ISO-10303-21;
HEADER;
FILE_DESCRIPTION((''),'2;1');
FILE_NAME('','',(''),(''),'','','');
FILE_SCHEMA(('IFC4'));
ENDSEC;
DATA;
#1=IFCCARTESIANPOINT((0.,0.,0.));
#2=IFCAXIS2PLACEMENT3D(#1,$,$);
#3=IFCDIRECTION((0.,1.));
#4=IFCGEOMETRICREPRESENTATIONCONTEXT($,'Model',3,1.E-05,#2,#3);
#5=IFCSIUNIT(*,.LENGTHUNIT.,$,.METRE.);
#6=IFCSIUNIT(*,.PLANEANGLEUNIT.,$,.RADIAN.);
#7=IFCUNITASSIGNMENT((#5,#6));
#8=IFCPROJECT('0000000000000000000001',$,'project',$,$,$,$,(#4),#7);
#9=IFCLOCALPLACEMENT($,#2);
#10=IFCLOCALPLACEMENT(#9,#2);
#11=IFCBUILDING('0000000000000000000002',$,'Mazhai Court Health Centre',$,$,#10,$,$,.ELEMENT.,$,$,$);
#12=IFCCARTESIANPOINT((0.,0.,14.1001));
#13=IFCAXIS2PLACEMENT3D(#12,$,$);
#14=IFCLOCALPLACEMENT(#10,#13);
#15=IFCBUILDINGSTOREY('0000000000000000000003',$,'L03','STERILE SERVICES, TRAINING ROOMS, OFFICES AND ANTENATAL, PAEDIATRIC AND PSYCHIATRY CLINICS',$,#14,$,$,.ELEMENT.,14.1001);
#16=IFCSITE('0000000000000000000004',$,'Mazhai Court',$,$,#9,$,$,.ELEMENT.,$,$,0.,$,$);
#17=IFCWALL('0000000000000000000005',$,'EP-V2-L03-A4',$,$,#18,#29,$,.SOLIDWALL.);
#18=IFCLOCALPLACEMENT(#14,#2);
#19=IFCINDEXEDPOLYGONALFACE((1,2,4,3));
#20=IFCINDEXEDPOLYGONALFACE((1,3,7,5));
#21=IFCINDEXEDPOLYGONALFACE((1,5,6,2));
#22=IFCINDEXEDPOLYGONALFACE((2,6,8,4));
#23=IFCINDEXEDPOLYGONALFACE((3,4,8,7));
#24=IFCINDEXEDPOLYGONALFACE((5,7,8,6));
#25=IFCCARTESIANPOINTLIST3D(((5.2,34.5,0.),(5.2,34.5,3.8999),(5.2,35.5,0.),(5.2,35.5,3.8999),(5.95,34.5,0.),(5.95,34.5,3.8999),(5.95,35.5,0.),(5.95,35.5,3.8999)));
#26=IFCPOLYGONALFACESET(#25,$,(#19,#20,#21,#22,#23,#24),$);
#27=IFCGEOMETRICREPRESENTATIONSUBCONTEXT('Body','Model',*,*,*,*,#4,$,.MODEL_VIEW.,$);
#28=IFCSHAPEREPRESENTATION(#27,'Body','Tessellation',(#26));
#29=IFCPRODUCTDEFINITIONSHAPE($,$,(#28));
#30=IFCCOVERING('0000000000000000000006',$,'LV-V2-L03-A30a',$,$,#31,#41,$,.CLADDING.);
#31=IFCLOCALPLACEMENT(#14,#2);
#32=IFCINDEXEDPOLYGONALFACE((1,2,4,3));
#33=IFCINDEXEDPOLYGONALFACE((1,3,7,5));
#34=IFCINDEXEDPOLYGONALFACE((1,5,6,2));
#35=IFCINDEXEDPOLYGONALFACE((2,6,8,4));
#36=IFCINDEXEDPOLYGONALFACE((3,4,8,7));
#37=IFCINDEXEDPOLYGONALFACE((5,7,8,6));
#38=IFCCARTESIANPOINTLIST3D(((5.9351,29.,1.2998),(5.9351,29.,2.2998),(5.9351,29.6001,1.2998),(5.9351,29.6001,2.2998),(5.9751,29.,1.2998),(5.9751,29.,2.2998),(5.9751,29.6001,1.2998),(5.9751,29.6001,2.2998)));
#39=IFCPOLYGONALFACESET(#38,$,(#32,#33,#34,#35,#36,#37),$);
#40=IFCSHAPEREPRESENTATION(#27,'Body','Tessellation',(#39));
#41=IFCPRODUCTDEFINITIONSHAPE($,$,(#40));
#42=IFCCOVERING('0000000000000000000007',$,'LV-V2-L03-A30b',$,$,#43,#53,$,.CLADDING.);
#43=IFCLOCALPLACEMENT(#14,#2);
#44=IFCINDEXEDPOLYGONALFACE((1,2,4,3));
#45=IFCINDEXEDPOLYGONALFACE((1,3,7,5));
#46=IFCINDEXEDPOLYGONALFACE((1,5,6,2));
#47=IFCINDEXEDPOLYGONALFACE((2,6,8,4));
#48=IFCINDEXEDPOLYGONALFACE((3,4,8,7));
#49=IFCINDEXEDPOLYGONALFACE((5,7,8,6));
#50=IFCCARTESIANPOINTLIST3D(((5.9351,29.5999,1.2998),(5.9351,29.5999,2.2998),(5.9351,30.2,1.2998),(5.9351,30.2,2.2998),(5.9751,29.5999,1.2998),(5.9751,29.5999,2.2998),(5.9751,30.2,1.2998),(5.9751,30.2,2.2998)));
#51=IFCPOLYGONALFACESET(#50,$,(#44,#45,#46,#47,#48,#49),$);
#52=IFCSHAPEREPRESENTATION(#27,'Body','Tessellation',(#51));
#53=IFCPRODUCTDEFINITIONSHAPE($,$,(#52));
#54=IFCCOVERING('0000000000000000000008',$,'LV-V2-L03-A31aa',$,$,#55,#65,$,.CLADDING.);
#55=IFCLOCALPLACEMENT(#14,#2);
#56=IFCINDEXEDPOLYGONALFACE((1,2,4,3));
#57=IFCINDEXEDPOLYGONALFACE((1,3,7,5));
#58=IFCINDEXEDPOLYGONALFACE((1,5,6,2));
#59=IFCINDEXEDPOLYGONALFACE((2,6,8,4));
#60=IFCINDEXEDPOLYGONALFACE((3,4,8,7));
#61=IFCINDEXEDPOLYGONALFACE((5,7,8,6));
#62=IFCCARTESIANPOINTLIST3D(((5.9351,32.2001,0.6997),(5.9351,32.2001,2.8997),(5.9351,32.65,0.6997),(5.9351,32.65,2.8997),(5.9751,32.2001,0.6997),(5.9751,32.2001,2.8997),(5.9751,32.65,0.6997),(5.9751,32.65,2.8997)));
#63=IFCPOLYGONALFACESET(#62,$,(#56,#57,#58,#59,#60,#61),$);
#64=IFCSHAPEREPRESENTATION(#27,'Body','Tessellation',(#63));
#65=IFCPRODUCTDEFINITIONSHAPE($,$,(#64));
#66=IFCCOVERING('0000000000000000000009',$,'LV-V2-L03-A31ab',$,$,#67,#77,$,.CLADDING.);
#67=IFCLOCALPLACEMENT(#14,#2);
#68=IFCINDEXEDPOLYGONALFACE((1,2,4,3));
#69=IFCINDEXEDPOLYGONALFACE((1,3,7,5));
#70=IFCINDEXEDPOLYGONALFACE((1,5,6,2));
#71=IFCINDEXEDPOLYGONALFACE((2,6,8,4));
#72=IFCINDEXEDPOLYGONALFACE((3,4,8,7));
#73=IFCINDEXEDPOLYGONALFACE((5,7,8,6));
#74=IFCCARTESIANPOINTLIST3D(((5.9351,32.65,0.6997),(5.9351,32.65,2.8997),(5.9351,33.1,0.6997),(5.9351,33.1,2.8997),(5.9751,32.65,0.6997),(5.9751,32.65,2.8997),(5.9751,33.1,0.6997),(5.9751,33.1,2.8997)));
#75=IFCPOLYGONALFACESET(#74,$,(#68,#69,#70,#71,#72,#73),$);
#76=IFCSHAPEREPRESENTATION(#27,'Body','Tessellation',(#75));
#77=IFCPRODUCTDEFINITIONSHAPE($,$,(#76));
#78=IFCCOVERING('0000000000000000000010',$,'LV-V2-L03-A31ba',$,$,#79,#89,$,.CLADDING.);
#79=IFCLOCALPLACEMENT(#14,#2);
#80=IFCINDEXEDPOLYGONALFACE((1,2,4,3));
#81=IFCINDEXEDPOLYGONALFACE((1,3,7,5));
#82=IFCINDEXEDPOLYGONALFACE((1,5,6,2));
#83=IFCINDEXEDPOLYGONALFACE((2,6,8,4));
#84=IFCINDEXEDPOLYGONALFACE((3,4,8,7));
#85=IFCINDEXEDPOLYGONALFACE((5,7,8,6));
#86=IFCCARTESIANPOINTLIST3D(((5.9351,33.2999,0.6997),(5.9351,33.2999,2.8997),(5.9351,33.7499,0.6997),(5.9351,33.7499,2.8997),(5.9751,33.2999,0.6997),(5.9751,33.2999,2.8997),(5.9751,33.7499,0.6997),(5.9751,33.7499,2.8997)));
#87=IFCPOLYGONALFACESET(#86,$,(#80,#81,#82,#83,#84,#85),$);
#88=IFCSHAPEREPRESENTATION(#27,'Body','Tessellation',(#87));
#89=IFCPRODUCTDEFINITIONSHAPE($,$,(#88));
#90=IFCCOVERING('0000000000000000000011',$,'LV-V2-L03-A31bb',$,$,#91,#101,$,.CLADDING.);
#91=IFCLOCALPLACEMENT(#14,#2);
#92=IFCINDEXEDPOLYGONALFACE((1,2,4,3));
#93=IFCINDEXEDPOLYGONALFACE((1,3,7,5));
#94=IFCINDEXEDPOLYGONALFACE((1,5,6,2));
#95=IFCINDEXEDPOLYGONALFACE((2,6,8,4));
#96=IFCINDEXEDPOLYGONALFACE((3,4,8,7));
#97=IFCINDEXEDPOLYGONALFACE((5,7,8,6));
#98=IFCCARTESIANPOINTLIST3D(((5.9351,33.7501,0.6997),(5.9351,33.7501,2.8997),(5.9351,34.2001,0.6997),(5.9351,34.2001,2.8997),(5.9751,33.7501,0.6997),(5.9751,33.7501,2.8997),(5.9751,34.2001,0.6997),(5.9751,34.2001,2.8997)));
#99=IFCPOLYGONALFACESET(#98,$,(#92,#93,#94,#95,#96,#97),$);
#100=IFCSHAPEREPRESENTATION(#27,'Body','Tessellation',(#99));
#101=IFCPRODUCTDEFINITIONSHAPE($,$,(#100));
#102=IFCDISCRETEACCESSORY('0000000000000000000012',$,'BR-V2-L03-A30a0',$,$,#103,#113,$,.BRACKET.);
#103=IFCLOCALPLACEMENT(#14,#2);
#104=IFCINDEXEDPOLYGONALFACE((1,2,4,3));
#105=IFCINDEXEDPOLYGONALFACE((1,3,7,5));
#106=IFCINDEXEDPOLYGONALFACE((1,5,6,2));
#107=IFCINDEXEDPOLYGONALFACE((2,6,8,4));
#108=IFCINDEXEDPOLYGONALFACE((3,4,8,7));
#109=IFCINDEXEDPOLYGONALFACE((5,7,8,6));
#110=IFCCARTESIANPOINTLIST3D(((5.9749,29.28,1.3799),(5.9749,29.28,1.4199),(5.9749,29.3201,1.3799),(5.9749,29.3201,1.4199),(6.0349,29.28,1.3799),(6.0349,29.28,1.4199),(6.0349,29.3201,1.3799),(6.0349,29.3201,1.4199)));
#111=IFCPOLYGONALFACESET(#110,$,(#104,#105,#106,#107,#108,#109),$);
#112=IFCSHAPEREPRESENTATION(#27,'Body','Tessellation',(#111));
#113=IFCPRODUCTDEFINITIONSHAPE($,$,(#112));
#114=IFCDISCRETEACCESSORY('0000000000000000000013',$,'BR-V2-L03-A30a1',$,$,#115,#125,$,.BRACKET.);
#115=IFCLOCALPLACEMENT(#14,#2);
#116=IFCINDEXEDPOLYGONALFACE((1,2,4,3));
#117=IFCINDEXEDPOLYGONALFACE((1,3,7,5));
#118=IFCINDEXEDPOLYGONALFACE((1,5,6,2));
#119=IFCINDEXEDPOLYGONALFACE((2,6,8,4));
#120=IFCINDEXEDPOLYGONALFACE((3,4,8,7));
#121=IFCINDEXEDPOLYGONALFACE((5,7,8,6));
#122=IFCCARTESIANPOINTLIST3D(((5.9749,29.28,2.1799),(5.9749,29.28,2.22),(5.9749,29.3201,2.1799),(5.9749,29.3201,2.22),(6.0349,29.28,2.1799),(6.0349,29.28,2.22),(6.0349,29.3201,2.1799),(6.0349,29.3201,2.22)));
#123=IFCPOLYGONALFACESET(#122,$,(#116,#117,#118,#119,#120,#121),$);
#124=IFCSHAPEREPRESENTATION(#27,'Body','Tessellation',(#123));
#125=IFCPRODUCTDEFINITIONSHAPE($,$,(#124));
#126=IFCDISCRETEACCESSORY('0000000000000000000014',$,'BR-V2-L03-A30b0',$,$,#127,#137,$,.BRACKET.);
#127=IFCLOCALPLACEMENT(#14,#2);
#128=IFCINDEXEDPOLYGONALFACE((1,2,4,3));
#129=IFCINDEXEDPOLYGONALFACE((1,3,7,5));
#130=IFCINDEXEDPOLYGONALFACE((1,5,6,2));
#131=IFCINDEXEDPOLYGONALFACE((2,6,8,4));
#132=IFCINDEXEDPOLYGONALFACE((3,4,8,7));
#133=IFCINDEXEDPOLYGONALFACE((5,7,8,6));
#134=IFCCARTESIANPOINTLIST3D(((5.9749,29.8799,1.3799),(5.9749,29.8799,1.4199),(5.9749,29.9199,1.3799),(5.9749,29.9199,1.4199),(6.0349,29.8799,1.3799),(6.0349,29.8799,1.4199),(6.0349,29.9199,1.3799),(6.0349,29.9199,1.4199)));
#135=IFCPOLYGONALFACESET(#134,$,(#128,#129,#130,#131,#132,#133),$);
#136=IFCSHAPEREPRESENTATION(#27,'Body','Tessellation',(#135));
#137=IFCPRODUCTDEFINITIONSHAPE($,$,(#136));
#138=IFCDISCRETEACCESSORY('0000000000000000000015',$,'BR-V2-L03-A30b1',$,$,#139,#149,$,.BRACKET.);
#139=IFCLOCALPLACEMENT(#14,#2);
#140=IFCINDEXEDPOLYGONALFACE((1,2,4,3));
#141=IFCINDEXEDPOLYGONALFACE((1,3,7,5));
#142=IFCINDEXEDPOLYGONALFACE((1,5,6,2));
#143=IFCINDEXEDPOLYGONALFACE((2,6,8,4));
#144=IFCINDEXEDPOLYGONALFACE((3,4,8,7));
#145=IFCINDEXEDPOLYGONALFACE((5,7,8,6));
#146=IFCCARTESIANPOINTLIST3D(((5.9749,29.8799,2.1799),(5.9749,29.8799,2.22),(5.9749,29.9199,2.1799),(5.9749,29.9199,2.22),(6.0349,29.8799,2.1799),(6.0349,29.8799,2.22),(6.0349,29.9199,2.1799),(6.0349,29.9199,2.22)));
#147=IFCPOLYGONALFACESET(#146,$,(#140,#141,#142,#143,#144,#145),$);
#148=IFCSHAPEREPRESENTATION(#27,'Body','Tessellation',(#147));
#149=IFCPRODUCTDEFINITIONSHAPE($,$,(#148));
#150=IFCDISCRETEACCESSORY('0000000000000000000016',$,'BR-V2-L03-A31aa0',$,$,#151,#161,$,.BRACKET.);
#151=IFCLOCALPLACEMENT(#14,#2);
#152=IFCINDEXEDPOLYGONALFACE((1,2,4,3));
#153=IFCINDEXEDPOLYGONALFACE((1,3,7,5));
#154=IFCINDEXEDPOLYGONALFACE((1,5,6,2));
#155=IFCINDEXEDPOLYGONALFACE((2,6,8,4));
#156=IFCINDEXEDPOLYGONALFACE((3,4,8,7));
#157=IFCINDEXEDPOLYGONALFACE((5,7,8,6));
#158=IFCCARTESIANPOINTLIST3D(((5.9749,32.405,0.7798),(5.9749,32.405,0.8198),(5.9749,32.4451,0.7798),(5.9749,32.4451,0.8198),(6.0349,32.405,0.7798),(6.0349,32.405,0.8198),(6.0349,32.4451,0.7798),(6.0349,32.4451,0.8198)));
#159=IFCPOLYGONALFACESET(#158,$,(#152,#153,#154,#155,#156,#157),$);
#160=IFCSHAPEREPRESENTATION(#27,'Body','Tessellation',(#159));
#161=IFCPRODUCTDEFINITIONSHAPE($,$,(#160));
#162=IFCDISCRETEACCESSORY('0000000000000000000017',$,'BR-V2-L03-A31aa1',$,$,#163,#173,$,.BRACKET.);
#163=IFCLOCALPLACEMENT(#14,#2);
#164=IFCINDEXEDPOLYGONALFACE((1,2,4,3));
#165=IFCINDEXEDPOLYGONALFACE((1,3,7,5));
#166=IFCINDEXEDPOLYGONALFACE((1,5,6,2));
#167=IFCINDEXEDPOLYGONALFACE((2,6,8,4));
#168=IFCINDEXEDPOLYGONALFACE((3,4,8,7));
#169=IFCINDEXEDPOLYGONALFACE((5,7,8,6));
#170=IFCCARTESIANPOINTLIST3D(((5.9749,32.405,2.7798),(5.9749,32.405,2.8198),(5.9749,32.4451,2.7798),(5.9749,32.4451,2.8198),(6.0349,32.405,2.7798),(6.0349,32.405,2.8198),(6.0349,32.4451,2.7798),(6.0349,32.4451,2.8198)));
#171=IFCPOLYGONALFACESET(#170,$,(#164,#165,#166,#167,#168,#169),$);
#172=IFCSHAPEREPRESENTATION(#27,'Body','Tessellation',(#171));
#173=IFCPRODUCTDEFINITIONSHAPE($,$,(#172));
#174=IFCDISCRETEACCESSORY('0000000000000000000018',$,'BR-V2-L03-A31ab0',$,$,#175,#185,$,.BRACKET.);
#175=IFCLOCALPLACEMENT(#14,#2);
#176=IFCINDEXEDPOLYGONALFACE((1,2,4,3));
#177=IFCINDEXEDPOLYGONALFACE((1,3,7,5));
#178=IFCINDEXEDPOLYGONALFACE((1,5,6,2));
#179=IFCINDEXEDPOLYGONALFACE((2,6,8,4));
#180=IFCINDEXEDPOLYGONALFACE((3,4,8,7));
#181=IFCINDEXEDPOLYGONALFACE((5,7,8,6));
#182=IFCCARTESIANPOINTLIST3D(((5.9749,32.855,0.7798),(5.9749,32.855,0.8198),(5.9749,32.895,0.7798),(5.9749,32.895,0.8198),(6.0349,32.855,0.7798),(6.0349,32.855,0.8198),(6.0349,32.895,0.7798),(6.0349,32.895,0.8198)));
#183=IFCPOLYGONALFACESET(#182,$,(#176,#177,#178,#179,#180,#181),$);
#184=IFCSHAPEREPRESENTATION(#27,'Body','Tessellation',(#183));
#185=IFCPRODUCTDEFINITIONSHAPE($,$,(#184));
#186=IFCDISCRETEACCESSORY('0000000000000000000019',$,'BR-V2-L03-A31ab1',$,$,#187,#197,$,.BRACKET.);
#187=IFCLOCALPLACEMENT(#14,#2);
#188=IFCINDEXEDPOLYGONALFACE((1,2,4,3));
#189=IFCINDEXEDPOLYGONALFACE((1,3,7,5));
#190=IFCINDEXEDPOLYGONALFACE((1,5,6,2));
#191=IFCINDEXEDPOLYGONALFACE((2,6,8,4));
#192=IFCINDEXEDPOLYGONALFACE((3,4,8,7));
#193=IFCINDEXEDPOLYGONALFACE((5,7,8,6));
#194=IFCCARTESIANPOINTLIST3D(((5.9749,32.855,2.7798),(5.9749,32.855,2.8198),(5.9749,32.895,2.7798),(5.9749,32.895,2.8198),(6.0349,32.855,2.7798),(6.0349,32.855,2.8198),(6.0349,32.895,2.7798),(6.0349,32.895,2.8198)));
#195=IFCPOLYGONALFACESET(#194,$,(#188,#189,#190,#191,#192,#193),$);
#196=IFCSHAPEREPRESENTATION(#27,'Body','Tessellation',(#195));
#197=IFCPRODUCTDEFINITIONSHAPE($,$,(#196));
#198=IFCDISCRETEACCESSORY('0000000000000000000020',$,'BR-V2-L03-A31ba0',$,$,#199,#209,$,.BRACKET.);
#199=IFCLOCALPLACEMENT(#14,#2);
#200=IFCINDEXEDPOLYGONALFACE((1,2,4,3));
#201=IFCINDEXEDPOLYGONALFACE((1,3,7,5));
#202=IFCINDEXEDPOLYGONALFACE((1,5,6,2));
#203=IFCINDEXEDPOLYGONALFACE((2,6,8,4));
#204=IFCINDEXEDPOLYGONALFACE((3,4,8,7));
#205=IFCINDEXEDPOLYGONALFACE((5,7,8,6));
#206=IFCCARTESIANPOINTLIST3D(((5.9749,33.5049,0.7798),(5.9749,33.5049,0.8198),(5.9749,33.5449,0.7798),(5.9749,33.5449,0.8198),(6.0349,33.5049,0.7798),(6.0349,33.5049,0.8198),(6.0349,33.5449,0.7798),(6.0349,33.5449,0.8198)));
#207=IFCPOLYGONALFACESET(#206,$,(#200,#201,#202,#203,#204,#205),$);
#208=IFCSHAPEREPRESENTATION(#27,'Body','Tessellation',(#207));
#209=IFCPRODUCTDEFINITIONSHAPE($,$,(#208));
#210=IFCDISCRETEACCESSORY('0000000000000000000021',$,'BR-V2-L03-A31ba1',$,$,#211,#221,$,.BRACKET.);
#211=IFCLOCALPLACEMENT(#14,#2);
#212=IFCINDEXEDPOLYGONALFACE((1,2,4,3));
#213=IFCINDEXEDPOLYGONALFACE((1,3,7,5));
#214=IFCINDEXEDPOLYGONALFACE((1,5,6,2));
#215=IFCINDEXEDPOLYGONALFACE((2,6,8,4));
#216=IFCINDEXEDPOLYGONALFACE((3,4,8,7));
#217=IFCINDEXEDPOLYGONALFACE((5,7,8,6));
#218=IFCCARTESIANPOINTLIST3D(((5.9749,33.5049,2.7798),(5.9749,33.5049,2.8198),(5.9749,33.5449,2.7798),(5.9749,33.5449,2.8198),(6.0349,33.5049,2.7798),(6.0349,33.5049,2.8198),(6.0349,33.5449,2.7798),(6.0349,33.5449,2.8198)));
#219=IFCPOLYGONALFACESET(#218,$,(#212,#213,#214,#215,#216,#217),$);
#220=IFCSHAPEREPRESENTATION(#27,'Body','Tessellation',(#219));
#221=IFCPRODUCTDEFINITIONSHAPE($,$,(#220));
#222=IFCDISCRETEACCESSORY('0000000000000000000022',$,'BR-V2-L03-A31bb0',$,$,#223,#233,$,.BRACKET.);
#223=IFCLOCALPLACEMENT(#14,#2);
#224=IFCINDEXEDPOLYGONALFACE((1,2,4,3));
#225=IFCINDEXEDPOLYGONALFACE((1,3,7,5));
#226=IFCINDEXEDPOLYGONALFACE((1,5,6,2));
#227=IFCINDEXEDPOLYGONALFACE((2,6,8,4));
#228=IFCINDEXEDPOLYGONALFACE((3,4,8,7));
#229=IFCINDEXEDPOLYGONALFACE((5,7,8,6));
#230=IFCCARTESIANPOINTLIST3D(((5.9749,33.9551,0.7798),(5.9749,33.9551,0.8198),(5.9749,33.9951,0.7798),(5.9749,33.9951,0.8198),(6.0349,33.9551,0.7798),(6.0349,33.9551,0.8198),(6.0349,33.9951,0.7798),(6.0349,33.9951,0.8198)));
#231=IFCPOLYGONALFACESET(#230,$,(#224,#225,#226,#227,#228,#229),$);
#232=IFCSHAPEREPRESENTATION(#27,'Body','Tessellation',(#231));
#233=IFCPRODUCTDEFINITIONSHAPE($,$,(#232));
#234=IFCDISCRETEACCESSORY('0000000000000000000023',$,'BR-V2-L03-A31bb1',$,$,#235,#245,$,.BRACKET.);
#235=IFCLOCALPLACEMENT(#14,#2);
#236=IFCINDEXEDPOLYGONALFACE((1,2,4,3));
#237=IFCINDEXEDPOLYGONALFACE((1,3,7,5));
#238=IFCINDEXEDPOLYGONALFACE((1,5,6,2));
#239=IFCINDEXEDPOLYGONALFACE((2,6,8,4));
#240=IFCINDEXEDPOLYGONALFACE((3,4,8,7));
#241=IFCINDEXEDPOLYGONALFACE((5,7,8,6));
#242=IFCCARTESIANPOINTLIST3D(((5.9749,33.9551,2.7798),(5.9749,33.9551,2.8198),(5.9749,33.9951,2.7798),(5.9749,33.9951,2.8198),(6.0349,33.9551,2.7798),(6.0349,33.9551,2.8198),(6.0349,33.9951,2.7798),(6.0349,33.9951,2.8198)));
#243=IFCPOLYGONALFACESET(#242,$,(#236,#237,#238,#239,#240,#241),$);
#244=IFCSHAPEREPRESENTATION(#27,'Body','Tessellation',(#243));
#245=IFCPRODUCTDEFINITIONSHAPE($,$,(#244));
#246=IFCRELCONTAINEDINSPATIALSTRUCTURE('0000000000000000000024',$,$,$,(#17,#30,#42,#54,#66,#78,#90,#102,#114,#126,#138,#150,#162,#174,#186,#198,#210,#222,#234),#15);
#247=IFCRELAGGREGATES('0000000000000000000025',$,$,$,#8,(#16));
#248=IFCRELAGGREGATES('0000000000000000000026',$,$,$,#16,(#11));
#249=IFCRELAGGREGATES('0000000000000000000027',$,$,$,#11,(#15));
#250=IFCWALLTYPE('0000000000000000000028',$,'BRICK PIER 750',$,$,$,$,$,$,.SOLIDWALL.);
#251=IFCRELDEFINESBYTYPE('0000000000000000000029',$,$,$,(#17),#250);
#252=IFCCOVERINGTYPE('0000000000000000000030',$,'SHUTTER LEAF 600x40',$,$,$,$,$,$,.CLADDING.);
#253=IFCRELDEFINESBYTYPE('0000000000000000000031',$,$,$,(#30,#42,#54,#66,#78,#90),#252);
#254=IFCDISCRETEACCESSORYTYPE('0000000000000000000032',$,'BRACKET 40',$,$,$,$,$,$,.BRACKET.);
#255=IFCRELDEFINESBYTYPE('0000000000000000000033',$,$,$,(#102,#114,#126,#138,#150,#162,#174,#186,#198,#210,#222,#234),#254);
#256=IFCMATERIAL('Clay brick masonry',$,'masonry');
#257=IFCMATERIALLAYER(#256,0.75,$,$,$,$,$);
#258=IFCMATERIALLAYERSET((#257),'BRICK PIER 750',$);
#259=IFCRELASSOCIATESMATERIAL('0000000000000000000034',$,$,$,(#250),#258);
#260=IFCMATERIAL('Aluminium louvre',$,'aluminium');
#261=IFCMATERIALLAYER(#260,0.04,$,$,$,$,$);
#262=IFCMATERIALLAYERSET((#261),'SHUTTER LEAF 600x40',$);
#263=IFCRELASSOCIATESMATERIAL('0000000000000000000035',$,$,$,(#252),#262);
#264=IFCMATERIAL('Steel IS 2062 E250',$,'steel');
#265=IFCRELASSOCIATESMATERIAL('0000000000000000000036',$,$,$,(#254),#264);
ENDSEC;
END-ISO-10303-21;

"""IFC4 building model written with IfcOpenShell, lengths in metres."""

from ifc_helpers import new_model, si_unit, direction, frame, frame_2d, origin, origin_2d, place, context, subcontext, project, spatial, rectangle, extrude, material, layer, layer_set, type_object, element, save


model = new_model("IFC4")

# Units and contexts
model_context = context("Model", 3, precision=1e-05, world=origin(), true_north=direction((0.0, 1.0)))
body_context = subcontext(model_context, "Body", "Model", "MODEL_VIEW")
ifc_project = project(units=[si_unit("LENGTHUNIT", "METRE"), si_unit("PLANEANGLEUNIT", "RADIAN")], contexts=[model_context])

# Site, building, storey
site_placement = place(None, origin())
site = spatial("IfcSite", under=ifc_project, at=site_placement, Name="Mazhai Court", CompositionType="ELEMENT", RefElevation=0.0)
building_placement = place(site_placement, origin())
building = spatial("IfcBuilding", under=site, at=building_placement, Name="Mazhai Court Health Centre", CompositionType="ELEMENT")
storey_placement = place(building_placement, frame((0.0, 0.0, 14.1001)))
storey = spatial("IfcBuildingStorey", under=building, at=storey_placement, Name="L03", Description="STERILE SERVICES, TRAINING ROOMS, OFFICES AND ANTENATAL, PAEDIATRIC AND PSYCHIATRY CLINICS", CompositionType="ELEMENT", Elevation=14.1001)

# Wall
ifc_material_1 = material(Name="Clay brick masonry", Category="masonry")
ifc_layer_1 = layer(ifc_material_1, 0.75)
ifc_layer_set_1 = layer_set([ifc_layer_1], Name="BRICK PIER 750")
wall_type = type_object("IfcWallType", Name="BRICK PIER 750", PredefinedType="SOLIDWALL", material=ifc_layer_set_1)
wall_placement = place(storey_placement, frame((5.575, 34.5, 0.0), z_axis=(0.0, 0.0, 1.0), x_axis=(0.0, 1.0, 0.0)))
element("IfcWall", 1, at=wall_placement, inside=storey, type_object=wall_type, Name="EP-V2-L03-A4", PredefinedType="SOLIDWALL", context=body_context, shape_type="SweptSolid", body=[
    extrude(rectangle(XDim=1.0, YDim=0.75, at=frame_2d((0.5, 0.0))), origin(), (0.0, 0.0, 1.0), 3.8999),
])

# Coverings
ifc_material_2 = material(Name="Aluminium louvre", Category="aluminium")
ifc_layer_2 = layer(ifc_material_2, 0.04)
ifc_layer_set_2 = layer_set([ifc_layer_2], Name="SHUTTER LEAF 600x40")
covering_type = type_object("IfcCoveringType", Name="SHUTTER LEAF 600x40", PredefinedType="CLADDING", material=ifc_layer_set_2)
for number, where, z_axis, x_axis, name in (
    (2, (5.9551, 29.3, 1.2998), (0.0, 0.0, 1.0), (0.0, 1.0, 0.0), "LV-V2-L03-A30a"),
    (3, (5.9551, 29.8999, 1.2998), (0.0, 0.0, 1.0), (0.0, 1.0, 0.0), "LV-V2-L03-A30b"),
):
    element("IfcCovering", number, at=place(storey_placement, frame(where, z_axis=z_axis, x_axis=x_axis)), inside=storey, type_object=covering_type, Name=name, PredefinedType="CLADDING", context=body_context, shape_type="SweptSolid", body=[
        extrude(rectangle(XDim=0.6001, YDim=0.04, at=origin_2d()), origin(), (0.0, 0.0, 1.0), 1.0),
    ])
for number, where, z_axis, x_axis, name in (
    (4, (5.9551, 32.425, 0.6997), (0.0, 0.0, 1.0), (0.0, 1.0, 0.0), "LV-V2-L03-A31aa"),
    (5, (5.9551, 32.875, 0.6997), (0.0, 0.0, 1.0), (0.0, 1.0, 0.0), "LV-V2-L03-A31ab"),
    (6, (5.9551, 33.5249, 0.6997), (0.0, 0.0, 1.0), (0.0, 1.0, 0.0), "LV-V2-L03-A31ba"),
    (7, (5.9551, 33.9751, 0.6997), (0.0, 0.0, 1.0), (0.0, 1.0, 0.0), "LV-V2-L03-A31bb"),
):
    element("IfcCovering", number, at=place(storey_placement, frame(where, z_axis=z_axis, x_axis=x_axis)), inside=storey, type_object=covering_type, Name=name, PredefinedType="CLADDING", context=body_context, shape_type="SweptSolid", body=[
        extrude(rectangle(XDim=0.45, YDim=0.04, at=origin_2d()), origin(), (0.0, 0.0, 1.0), 2.2),
    ])

# Discrete accessories
ifc_material_3 = material(Name="Steel IS 2062 E250", Category="steel")
discrete_accessory_type = type_object("IfcDiscreteAccessoryType", Name="BRACKET 40", PredefinedType="BRACKET", material=ifc_material_3)
for number, where, z_axis, x_axis, name in (
    (8, (6.0049, 29.3, 1.3799), (0.0, 0.0, 1.0), (0.0, 1.0, 0.0), "BR-V2-L03-A30a0"),
    (9, (6.0049, 29.3, 2.1799), (0.0, 0.0, 1.0), (0.0, 1.0, 0.0), "BR-V2-L03-A30a1"),
    (10, (6.0049, 29.8999, 1.3799), (0.0, 0.0, 1.0), (0.0, 1.0, 0.0), "BR-V2-L03-A30b0"),
    (11, (6.0049, 29.8999, 2.1799), (0.0, 0.0, 1.0), (0.0, 1.0, 0.0), "BR-V2-L03-A30b1"),
    (12, (6.0049, 32.425, 0.7798), (0.0, 0.0, 1.0), (0.0, 1.0, 0.0), "BR-V2-L03-A31aa0"),
    (13, (6.0049, 32.425, 2.7798), (0.0, 0.0, 1.0), (0.0, 1.0, 0.0), "BR-V2-L03-A31aa1"),
    (14, (6.0049, 32.875, 0.7798), (0.0, 0.0, 1.0), (0.0, 1.0, 0.0), "BR-V2-L03-A31ab0"),
    (15, (6.0049, 32.875, 2.7798), (0.0, 0.0, 1.0), (0.0, 1.0, 0.0), "BR-V2-L03-A31ab1"),
    (16, (6.0049, 33.5249, 0.7798), (0.0, 0.0, 1.0), (0.0, 1.0, 0.0), "BR-V2-L03-A31ba0"),
    (17, (6.0049, 33.5249, 2.7798), (0.0, 0.0, 1.0), (0.0, 1.0, 0.0), "BR-V2-L03-A31ba1"),
    (18, (6.0049, 33.9751, 0.7798), (0.0, 0.0, 1.0), (0.0, 1.0, 0.0), "BR-V2-L03-A31bb0"),
    (19, (6.0049, 33.9751, 2.7798), (0.0, 0.0, 1.0), (0.0, 1.0, 0.0), "BR-V2-L03-A31bb1"),
):
    element("IfcDiscreteAccessory", number, at=place(storey_placement, frame(where, z_axis=z_axis, x_axis=x_axis)), inside=storey, type_object=discrete_accessory_type, Name=name, PredefinedType="BRACKET", context=body_context, shape_type="SweptSolid", body=[
        extrude(rectangle(XDim=0.04, YDim=0.0601, at=origin_2d()), origin(), (0.0, 0.0, 1.0), 0.04),
    ])

save(model, "model.ifc")
